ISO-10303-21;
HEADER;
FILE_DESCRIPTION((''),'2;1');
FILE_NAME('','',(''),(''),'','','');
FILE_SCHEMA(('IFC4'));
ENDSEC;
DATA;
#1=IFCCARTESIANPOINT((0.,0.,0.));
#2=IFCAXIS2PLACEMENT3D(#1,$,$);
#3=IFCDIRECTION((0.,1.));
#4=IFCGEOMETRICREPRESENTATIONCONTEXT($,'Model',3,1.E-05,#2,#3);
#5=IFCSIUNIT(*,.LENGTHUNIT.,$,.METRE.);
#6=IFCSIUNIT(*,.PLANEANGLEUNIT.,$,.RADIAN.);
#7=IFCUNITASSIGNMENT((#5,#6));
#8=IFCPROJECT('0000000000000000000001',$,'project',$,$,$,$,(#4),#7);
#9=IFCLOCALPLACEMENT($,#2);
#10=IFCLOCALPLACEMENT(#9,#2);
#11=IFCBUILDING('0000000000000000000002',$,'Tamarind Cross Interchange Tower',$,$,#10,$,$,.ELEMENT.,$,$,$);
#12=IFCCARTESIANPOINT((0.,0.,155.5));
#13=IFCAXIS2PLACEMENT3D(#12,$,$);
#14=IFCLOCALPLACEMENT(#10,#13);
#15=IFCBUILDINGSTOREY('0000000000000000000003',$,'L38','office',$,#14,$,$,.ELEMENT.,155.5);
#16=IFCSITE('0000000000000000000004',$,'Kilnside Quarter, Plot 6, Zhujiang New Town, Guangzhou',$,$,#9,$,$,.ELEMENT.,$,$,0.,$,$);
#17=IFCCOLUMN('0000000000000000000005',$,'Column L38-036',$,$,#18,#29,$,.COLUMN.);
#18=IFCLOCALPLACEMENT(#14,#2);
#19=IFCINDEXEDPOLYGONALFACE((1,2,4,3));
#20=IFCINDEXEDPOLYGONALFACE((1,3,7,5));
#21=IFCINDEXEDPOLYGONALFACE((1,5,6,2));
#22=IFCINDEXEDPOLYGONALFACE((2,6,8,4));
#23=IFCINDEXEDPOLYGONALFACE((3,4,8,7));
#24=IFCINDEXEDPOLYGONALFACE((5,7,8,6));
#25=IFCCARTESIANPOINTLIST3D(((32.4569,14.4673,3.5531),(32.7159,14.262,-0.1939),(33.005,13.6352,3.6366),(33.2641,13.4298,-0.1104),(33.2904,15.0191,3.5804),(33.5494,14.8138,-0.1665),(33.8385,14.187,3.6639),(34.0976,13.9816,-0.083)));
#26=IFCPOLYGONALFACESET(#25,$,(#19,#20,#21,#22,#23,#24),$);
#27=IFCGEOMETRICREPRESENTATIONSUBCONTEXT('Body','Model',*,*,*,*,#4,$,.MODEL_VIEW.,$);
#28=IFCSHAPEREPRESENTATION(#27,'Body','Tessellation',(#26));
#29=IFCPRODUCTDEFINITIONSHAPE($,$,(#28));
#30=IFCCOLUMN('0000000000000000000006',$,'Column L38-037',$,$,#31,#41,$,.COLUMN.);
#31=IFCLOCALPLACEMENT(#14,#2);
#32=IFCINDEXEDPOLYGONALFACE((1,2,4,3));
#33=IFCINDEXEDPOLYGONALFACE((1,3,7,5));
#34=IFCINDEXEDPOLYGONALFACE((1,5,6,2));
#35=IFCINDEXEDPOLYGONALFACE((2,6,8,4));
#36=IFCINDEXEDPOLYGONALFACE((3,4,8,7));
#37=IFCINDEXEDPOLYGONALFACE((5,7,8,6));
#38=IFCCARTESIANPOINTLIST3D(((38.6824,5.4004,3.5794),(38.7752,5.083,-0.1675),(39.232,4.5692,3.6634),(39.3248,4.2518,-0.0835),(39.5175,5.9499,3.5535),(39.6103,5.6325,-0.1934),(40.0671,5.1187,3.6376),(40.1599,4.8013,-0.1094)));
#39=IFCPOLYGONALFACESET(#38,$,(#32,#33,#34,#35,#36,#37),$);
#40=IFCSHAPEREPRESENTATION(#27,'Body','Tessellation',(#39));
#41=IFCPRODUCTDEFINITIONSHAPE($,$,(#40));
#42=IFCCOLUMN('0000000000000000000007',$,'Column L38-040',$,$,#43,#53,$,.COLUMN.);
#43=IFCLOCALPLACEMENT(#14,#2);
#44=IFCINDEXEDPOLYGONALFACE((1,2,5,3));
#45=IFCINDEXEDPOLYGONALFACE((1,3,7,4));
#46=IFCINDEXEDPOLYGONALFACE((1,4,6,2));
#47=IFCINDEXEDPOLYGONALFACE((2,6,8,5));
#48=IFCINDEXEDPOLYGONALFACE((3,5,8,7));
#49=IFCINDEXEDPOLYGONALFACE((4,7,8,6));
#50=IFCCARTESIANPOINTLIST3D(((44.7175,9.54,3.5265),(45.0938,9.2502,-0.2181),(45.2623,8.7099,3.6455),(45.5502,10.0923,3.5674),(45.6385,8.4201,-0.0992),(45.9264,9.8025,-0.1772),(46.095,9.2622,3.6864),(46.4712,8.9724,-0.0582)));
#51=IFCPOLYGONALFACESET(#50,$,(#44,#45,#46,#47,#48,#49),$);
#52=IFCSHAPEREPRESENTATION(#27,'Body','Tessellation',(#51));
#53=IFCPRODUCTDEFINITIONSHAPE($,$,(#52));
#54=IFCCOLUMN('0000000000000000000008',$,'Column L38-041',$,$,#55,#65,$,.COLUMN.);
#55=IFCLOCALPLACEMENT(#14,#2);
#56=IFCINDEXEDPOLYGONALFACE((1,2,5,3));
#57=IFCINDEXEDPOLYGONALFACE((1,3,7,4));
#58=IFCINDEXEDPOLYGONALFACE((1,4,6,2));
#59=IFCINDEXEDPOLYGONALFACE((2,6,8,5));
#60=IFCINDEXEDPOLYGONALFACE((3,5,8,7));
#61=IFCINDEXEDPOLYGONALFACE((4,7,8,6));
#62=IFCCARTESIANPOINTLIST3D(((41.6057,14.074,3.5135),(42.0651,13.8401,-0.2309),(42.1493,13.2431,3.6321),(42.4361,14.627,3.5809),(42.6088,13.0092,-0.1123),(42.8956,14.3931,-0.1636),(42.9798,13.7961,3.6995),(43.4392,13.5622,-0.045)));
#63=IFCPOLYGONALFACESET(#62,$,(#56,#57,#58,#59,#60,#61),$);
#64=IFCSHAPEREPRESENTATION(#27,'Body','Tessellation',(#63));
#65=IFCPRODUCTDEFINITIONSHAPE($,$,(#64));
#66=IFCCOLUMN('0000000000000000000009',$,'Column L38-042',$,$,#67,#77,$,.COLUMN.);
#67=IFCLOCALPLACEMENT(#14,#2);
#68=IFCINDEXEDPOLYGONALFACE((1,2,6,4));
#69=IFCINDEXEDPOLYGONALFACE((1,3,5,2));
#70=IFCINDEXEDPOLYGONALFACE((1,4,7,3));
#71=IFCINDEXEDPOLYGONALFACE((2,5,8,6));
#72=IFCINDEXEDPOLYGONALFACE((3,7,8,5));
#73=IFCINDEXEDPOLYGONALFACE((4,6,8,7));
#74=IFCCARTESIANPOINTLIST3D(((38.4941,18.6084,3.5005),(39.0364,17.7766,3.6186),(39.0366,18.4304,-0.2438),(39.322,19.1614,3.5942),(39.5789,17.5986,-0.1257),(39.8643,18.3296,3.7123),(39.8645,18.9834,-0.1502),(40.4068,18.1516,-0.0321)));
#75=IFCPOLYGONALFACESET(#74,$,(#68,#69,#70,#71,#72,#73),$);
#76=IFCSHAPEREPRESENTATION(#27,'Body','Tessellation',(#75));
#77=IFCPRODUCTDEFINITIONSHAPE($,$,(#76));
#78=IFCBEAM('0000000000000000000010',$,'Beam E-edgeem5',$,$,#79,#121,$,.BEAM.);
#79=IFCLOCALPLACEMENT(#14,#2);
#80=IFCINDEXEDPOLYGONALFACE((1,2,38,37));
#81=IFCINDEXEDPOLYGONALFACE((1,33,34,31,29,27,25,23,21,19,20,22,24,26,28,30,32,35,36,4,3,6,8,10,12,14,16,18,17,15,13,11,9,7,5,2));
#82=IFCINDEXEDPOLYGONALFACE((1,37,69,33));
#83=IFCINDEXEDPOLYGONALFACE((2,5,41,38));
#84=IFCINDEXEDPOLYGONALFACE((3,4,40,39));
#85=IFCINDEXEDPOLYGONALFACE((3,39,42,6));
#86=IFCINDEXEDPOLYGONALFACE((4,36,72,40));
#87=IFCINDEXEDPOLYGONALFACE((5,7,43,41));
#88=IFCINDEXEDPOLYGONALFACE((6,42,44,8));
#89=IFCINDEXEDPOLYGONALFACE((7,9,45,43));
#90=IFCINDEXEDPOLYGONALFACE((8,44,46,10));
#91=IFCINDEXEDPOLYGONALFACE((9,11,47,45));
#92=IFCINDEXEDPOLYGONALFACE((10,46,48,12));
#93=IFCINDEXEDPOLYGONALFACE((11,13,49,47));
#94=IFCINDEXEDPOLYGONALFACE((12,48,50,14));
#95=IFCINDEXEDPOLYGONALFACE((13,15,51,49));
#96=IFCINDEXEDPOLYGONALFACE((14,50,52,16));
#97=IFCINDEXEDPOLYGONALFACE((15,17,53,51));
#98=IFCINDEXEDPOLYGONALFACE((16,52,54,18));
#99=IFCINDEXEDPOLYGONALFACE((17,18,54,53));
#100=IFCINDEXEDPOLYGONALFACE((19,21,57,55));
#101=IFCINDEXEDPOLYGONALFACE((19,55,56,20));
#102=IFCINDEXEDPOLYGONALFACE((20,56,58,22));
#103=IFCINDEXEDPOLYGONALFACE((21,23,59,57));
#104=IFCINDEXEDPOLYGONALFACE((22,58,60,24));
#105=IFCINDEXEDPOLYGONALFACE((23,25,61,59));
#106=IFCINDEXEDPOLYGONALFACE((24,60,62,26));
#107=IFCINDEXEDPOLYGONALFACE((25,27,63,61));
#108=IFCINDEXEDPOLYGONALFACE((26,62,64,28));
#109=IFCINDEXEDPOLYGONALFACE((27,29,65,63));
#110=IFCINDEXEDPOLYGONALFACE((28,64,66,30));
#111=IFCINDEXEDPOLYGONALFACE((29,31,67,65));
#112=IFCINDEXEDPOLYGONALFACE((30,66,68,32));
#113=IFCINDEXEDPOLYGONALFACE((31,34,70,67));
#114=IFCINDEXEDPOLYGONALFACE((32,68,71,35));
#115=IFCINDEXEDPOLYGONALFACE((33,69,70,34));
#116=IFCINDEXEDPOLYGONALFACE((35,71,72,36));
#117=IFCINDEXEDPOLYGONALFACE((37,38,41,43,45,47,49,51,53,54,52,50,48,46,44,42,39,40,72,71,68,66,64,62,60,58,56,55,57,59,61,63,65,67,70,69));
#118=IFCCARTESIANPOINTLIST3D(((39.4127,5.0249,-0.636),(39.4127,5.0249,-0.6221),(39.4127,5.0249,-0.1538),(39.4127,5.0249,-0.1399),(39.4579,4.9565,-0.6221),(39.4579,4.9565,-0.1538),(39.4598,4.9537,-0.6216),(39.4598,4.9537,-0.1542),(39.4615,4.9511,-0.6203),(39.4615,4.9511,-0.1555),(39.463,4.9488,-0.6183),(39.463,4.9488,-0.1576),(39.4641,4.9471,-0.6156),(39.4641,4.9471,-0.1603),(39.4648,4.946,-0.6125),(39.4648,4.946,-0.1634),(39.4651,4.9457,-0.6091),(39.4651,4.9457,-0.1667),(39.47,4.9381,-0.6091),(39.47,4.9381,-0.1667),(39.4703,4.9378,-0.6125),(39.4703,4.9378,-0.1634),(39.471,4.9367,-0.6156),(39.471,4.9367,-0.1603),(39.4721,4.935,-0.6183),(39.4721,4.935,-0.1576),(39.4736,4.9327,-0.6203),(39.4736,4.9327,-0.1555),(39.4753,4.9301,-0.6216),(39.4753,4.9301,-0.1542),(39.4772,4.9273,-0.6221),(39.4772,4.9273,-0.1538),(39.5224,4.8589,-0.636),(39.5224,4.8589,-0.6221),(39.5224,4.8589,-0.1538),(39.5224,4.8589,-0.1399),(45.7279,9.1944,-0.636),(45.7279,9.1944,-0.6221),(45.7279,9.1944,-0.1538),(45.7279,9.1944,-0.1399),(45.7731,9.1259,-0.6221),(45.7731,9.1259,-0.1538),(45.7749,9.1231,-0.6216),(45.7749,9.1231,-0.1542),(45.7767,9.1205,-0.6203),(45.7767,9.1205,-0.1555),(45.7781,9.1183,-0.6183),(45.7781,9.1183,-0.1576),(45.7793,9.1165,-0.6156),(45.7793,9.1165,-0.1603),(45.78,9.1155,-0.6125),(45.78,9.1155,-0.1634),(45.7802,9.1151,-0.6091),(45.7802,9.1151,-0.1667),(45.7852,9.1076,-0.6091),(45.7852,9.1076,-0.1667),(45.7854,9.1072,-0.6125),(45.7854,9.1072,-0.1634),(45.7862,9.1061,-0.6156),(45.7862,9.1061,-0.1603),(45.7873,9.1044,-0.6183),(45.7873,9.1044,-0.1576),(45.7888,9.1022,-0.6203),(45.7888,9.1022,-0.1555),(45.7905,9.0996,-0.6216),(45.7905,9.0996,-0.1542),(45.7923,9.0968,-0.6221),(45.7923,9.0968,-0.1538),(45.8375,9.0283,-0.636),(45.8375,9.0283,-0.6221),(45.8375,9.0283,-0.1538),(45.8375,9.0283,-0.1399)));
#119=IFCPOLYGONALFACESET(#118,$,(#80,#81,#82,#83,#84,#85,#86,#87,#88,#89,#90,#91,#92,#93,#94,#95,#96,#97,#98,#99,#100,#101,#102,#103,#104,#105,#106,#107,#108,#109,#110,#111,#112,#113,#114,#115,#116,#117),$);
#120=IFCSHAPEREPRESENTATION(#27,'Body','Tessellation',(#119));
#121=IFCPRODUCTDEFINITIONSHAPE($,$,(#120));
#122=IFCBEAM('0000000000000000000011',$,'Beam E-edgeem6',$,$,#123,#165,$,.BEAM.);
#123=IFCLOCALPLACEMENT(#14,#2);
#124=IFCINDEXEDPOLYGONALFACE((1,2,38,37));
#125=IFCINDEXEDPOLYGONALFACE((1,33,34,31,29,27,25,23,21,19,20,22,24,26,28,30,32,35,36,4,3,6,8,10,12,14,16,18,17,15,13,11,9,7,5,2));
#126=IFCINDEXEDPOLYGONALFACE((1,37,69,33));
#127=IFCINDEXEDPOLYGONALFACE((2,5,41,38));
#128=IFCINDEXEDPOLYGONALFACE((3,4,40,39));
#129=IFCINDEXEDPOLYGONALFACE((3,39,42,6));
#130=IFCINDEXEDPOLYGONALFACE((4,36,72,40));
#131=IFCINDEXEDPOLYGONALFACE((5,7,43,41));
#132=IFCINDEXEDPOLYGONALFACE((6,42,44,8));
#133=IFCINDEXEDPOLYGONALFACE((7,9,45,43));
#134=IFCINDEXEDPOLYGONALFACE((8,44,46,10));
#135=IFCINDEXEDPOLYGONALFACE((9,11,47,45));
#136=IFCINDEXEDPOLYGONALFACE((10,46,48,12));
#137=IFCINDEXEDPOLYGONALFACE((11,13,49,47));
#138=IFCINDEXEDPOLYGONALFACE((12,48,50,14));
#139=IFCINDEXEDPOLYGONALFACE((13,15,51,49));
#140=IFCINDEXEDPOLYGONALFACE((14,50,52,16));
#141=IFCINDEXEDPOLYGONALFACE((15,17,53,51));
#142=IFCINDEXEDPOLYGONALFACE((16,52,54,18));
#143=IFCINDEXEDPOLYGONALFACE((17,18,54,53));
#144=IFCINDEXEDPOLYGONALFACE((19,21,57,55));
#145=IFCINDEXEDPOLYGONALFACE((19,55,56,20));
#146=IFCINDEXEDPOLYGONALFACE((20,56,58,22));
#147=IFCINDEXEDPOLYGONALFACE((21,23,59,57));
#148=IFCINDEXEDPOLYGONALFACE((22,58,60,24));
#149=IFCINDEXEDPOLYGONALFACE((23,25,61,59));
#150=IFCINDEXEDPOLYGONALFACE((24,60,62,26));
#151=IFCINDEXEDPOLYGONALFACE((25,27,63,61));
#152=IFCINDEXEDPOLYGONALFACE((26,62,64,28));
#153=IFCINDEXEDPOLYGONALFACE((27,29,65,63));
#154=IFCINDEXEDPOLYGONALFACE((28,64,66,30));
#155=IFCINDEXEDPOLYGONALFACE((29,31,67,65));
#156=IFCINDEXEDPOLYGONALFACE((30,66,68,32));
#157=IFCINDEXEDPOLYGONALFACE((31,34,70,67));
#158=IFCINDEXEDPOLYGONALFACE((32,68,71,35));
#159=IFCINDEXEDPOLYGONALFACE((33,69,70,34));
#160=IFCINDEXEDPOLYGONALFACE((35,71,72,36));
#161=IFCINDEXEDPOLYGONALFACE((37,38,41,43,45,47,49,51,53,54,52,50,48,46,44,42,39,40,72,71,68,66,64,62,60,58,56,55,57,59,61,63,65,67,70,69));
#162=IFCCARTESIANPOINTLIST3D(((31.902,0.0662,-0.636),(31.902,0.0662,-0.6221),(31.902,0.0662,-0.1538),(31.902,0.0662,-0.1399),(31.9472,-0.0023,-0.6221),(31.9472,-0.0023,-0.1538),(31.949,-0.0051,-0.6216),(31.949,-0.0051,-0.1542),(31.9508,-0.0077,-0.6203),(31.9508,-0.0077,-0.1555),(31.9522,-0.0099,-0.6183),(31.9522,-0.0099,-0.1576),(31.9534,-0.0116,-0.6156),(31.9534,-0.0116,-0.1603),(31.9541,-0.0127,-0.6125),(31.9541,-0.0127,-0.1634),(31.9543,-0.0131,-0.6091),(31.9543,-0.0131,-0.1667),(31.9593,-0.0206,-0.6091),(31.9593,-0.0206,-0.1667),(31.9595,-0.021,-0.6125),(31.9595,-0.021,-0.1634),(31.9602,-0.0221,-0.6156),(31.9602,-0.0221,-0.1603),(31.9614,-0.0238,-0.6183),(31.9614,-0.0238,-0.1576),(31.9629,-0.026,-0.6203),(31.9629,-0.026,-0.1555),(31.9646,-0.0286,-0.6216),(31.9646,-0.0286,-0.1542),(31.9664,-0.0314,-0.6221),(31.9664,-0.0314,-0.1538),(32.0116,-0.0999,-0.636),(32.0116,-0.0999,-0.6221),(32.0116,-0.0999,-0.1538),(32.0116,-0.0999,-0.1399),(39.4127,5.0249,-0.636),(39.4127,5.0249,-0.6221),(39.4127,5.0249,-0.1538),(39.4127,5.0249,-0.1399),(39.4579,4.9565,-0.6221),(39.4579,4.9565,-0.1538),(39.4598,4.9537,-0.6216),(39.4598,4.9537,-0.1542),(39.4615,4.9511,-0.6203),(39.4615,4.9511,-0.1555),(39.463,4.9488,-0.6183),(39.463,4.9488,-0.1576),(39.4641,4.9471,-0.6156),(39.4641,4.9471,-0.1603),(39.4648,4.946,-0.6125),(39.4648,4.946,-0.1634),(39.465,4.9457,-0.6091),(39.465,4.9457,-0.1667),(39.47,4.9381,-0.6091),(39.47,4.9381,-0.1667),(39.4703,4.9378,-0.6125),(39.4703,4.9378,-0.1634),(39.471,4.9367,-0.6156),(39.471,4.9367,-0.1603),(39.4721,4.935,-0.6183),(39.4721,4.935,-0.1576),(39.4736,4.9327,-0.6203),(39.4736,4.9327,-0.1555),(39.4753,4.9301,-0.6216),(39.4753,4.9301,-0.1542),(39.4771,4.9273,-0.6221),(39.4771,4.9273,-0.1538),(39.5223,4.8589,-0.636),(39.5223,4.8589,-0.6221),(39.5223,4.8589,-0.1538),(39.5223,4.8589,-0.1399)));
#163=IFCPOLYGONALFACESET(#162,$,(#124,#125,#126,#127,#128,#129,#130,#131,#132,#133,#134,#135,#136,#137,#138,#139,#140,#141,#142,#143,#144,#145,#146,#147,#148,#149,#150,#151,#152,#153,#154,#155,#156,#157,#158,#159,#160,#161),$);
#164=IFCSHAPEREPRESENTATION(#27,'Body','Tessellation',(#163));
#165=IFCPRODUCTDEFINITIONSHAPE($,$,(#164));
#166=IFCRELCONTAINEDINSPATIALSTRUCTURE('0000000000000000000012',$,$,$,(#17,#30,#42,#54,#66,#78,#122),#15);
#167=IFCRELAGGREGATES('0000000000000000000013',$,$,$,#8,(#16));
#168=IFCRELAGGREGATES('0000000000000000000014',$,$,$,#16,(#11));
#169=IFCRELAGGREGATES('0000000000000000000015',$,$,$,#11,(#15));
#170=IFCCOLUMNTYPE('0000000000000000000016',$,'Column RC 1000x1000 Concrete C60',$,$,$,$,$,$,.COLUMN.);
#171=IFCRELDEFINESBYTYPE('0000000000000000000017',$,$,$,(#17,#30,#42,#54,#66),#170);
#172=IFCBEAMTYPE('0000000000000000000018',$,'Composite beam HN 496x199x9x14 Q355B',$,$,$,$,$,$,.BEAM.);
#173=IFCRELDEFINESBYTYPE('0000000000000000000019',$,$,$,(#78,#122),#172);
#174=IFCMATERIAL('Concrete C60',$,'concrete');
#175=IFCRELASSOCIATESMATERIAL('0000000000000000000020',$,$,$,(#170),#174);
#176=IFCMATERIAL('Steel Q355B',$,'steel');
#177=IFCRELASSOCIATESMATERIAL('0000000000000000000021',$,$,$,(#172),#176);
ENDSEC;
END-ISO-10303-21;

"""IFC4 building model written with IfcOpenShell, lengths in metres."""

from ifc_helpers import new_model, si_unit, direction, frame, origin, origin_2d, place, context, subcontext, project, spatial, rectangle, i_section, extrude, material, material_profile, profile_set, type_object, element, save


model = new_model("IFC4")

# Units and contexts
model_context = context("Model", 3, precision=1e-05, world=origin(), true_north=direction((0.0, 1.0)))
body_context = subcontext(model_context, "Body", "Model", "MODEL_VIEW")
ifc_project = project(units=[si_unit("LENGTHUNIT", "METRE"), si_unit("PLANEANGLEUNIT", "RADIAN")], contexts=[model_context])

# Site, building, storey
site_placement = place(None, origin())
site = spatial("IfcSite", under=ifc_project, at=site_placement, Name="Kilnside Quarter, Plot 6, Zhujiang New Town, Guangzhou", CompositionType="ELEMENT", RefElevation=0.0)
building_placement = place(site_placement, origin())
building = spatial("IfcBuilding", under=site, at=building_placement, Name="Tamarind Cross Interchange Tower", CompositionType="ELEMENT")
storey_placement = place(building_placement, frame((0.0, 0.0, 155.5)))
storey = spatial("IfcBuildingStorey", under=building, at=storey_placement, Name="L38", Description="office", CompositionType="ELEMENT", Elevation=155.5)

# Columns
ifc_material_1 = material(Name="Concrete C60", Category="concrete")
ifc_material_profile_1 = material_profile(ifc_material_1, rectangle(XDim=1.0, YDim=1.0, at=origin_2d()), Name="RC 1000x1000")
ifc_profile_set_1 = profile_set([ifc_material_profile_1], Name="Concrete C60")
column_type = type_object("IfcColumnType", Name="Column RC 1000x1000 Concrete C60", PredefinedType="COLUMN", material=ifc_profile_set_1)
for number, where, z_axis, x_axis, name in (
    (1, (33.4067, 14.1218, -0.1384), (-0.068867, 0.054587, 0.996131), (0.54817, -0.832189, 0.0835), "Column L38-036"),
    (2, (39.4675, 4.9421, -0.1384), (-0.024665, 0.084379, 0.996128), (-0.83509, -0.549505, 0.02587), "Column L38-037"),
):
    element("IfcColumn", number, at=place(storey_placement, frame(where, z_axis=z_axis, x_axis=x_axis)), inside=storey, type_object=column_type, Name=name, PredefinedType="COLUMN", context=body_context, shape_type="SweptSolid", body=[
        extrude(rectangle(XDim=1.0, YDim=1.0, at=origin_2d()), origin(), (0.0, 0.0, 1.0), 3.7615),
    ])
column_1_placement = place(storey_placement, frame((45.7825, 9.1113, -0.1382), z_axis=(-0.099671, 0.076775, 0.992054), x_axis=(0.544783, -0.830095, 0.118975)))
element("IfcColumn", 3, at=column_1_placement, inside=storey, type_object=column_type, Name="Column L38-040", PredefinedType="COLUMN", context=body_context, shape_type="SweptSolid", body=[
    extrude(rectangle(XDim=1.0, YDim=1.0, at=origin_2d()), origin(), (0.0, 0.0, 1.0), 3.7747),
])
column_2_placement = place(storey_placement, frame((42.7522, 13.7012, -0.1379), z_axis=(-0.121563, 0.061879, 0.990653), x_axis=(0.543619, -0.830909, 0.118609)))
element("IfcColumn", 4, at=column_2_placement, inside=storey, type_object=column_type, Name="Column L38-041", PredefinedType="COLUMN", context=body_context, shape_type="SweptSolid", body=[
    extrude(rectangle(XDim=1.0, YDim=1.0, at=origin_2d()), origin(), (0.0, 0.0, 1.0), 3.7798),
])
column_3_placement = place(storey_placement, frame((39.7217, 18.291, -0.1379), z_axis=(-0.143223, 0.046989, 0.988574), x_axis=(0.542274, -0.83186, 0.118104)))
element("IfcColumn", 5, at=column_3_placement, inside=storey, type_object=column_type, Name="Column L38-042", PredefinedType="COLUMN", context=body_context, shape_type="SweptSolid", body=[
    extrude(rectangle(XDim=1.0, YDim=1.0, at=origin_2d()), origin(), (0.0, 0.0, 1.0), 3.7876),
])

# Beams
ifc_material_2 = material(Name="Steel Q355B", Category="steel")
ifc_material_profile_2 = material_profile(ifc_material_2, i_section(OverallWidth=0.199, OverallDepth=0.4961, WebThickness=0.009, FlangeThickness=0.0139, FilletRadius=0.0129, at=origin_2d()), Name="HN 496x199x9x14")
ifc_profile_set_2 = profile_set([ifc_material_profile_2], Name="Steel Q355B")
beam_type_1 = type_object("IfcBeamType", Name="Composite beam HN 496x199x9x14 Q355B", PredefinedType="BEAM", material=ifc_profile_set_2)
beam_1_placement = place(storey_placement, frame((45.7827, 9.1113, -0.3879), z_axis=(-0.834524, -0.550972, 0.0), x_axis=(0.550972, -0.834524, 0.0)))
element("IfcBeam", 6, at=beam_1_placement, inside=storey, type_object=beam_type_1, Name="Beam E-edgeem5", PredefinedType="BEAM", context=body_context, shape_type="SweptSolid", body=[
    extrude(i_section(OverallWidth=0.199, OverallDepth=0.4961, WebThickness=0.009, FlangeThickness=0.0139, FilletRadius=0.0129, at=origin_2d()), origin(), (0.0, 0.0, 1.0), 7.5674),
])
beam_2_placement = place(storey_placement, frame((39.4675, 4.9419, -0.3879), z_axis=(-0.834525, -0.55097, 0.0), x_axis=(0.55097, -0.834525, 0.0)))
element("IfcBeam", 7, at=beam_2_placement, inside=storey, type_object=beam_type_1, Name="Beam E-edgeem6", PredefinedType="BEAM", context=body_context, shape_type="SweptSolid", body=[
    extrude(i_section(OverallWidth=0.199, OverallDepth=0.4961, WebThickness=0.009, FlangeThickness=0.0139, FilletRadius=0.0129, at=origin_2d()), origin(), (0.0, 0.0, 1.0), 9.0),
])

save(model, "model.ifc")
